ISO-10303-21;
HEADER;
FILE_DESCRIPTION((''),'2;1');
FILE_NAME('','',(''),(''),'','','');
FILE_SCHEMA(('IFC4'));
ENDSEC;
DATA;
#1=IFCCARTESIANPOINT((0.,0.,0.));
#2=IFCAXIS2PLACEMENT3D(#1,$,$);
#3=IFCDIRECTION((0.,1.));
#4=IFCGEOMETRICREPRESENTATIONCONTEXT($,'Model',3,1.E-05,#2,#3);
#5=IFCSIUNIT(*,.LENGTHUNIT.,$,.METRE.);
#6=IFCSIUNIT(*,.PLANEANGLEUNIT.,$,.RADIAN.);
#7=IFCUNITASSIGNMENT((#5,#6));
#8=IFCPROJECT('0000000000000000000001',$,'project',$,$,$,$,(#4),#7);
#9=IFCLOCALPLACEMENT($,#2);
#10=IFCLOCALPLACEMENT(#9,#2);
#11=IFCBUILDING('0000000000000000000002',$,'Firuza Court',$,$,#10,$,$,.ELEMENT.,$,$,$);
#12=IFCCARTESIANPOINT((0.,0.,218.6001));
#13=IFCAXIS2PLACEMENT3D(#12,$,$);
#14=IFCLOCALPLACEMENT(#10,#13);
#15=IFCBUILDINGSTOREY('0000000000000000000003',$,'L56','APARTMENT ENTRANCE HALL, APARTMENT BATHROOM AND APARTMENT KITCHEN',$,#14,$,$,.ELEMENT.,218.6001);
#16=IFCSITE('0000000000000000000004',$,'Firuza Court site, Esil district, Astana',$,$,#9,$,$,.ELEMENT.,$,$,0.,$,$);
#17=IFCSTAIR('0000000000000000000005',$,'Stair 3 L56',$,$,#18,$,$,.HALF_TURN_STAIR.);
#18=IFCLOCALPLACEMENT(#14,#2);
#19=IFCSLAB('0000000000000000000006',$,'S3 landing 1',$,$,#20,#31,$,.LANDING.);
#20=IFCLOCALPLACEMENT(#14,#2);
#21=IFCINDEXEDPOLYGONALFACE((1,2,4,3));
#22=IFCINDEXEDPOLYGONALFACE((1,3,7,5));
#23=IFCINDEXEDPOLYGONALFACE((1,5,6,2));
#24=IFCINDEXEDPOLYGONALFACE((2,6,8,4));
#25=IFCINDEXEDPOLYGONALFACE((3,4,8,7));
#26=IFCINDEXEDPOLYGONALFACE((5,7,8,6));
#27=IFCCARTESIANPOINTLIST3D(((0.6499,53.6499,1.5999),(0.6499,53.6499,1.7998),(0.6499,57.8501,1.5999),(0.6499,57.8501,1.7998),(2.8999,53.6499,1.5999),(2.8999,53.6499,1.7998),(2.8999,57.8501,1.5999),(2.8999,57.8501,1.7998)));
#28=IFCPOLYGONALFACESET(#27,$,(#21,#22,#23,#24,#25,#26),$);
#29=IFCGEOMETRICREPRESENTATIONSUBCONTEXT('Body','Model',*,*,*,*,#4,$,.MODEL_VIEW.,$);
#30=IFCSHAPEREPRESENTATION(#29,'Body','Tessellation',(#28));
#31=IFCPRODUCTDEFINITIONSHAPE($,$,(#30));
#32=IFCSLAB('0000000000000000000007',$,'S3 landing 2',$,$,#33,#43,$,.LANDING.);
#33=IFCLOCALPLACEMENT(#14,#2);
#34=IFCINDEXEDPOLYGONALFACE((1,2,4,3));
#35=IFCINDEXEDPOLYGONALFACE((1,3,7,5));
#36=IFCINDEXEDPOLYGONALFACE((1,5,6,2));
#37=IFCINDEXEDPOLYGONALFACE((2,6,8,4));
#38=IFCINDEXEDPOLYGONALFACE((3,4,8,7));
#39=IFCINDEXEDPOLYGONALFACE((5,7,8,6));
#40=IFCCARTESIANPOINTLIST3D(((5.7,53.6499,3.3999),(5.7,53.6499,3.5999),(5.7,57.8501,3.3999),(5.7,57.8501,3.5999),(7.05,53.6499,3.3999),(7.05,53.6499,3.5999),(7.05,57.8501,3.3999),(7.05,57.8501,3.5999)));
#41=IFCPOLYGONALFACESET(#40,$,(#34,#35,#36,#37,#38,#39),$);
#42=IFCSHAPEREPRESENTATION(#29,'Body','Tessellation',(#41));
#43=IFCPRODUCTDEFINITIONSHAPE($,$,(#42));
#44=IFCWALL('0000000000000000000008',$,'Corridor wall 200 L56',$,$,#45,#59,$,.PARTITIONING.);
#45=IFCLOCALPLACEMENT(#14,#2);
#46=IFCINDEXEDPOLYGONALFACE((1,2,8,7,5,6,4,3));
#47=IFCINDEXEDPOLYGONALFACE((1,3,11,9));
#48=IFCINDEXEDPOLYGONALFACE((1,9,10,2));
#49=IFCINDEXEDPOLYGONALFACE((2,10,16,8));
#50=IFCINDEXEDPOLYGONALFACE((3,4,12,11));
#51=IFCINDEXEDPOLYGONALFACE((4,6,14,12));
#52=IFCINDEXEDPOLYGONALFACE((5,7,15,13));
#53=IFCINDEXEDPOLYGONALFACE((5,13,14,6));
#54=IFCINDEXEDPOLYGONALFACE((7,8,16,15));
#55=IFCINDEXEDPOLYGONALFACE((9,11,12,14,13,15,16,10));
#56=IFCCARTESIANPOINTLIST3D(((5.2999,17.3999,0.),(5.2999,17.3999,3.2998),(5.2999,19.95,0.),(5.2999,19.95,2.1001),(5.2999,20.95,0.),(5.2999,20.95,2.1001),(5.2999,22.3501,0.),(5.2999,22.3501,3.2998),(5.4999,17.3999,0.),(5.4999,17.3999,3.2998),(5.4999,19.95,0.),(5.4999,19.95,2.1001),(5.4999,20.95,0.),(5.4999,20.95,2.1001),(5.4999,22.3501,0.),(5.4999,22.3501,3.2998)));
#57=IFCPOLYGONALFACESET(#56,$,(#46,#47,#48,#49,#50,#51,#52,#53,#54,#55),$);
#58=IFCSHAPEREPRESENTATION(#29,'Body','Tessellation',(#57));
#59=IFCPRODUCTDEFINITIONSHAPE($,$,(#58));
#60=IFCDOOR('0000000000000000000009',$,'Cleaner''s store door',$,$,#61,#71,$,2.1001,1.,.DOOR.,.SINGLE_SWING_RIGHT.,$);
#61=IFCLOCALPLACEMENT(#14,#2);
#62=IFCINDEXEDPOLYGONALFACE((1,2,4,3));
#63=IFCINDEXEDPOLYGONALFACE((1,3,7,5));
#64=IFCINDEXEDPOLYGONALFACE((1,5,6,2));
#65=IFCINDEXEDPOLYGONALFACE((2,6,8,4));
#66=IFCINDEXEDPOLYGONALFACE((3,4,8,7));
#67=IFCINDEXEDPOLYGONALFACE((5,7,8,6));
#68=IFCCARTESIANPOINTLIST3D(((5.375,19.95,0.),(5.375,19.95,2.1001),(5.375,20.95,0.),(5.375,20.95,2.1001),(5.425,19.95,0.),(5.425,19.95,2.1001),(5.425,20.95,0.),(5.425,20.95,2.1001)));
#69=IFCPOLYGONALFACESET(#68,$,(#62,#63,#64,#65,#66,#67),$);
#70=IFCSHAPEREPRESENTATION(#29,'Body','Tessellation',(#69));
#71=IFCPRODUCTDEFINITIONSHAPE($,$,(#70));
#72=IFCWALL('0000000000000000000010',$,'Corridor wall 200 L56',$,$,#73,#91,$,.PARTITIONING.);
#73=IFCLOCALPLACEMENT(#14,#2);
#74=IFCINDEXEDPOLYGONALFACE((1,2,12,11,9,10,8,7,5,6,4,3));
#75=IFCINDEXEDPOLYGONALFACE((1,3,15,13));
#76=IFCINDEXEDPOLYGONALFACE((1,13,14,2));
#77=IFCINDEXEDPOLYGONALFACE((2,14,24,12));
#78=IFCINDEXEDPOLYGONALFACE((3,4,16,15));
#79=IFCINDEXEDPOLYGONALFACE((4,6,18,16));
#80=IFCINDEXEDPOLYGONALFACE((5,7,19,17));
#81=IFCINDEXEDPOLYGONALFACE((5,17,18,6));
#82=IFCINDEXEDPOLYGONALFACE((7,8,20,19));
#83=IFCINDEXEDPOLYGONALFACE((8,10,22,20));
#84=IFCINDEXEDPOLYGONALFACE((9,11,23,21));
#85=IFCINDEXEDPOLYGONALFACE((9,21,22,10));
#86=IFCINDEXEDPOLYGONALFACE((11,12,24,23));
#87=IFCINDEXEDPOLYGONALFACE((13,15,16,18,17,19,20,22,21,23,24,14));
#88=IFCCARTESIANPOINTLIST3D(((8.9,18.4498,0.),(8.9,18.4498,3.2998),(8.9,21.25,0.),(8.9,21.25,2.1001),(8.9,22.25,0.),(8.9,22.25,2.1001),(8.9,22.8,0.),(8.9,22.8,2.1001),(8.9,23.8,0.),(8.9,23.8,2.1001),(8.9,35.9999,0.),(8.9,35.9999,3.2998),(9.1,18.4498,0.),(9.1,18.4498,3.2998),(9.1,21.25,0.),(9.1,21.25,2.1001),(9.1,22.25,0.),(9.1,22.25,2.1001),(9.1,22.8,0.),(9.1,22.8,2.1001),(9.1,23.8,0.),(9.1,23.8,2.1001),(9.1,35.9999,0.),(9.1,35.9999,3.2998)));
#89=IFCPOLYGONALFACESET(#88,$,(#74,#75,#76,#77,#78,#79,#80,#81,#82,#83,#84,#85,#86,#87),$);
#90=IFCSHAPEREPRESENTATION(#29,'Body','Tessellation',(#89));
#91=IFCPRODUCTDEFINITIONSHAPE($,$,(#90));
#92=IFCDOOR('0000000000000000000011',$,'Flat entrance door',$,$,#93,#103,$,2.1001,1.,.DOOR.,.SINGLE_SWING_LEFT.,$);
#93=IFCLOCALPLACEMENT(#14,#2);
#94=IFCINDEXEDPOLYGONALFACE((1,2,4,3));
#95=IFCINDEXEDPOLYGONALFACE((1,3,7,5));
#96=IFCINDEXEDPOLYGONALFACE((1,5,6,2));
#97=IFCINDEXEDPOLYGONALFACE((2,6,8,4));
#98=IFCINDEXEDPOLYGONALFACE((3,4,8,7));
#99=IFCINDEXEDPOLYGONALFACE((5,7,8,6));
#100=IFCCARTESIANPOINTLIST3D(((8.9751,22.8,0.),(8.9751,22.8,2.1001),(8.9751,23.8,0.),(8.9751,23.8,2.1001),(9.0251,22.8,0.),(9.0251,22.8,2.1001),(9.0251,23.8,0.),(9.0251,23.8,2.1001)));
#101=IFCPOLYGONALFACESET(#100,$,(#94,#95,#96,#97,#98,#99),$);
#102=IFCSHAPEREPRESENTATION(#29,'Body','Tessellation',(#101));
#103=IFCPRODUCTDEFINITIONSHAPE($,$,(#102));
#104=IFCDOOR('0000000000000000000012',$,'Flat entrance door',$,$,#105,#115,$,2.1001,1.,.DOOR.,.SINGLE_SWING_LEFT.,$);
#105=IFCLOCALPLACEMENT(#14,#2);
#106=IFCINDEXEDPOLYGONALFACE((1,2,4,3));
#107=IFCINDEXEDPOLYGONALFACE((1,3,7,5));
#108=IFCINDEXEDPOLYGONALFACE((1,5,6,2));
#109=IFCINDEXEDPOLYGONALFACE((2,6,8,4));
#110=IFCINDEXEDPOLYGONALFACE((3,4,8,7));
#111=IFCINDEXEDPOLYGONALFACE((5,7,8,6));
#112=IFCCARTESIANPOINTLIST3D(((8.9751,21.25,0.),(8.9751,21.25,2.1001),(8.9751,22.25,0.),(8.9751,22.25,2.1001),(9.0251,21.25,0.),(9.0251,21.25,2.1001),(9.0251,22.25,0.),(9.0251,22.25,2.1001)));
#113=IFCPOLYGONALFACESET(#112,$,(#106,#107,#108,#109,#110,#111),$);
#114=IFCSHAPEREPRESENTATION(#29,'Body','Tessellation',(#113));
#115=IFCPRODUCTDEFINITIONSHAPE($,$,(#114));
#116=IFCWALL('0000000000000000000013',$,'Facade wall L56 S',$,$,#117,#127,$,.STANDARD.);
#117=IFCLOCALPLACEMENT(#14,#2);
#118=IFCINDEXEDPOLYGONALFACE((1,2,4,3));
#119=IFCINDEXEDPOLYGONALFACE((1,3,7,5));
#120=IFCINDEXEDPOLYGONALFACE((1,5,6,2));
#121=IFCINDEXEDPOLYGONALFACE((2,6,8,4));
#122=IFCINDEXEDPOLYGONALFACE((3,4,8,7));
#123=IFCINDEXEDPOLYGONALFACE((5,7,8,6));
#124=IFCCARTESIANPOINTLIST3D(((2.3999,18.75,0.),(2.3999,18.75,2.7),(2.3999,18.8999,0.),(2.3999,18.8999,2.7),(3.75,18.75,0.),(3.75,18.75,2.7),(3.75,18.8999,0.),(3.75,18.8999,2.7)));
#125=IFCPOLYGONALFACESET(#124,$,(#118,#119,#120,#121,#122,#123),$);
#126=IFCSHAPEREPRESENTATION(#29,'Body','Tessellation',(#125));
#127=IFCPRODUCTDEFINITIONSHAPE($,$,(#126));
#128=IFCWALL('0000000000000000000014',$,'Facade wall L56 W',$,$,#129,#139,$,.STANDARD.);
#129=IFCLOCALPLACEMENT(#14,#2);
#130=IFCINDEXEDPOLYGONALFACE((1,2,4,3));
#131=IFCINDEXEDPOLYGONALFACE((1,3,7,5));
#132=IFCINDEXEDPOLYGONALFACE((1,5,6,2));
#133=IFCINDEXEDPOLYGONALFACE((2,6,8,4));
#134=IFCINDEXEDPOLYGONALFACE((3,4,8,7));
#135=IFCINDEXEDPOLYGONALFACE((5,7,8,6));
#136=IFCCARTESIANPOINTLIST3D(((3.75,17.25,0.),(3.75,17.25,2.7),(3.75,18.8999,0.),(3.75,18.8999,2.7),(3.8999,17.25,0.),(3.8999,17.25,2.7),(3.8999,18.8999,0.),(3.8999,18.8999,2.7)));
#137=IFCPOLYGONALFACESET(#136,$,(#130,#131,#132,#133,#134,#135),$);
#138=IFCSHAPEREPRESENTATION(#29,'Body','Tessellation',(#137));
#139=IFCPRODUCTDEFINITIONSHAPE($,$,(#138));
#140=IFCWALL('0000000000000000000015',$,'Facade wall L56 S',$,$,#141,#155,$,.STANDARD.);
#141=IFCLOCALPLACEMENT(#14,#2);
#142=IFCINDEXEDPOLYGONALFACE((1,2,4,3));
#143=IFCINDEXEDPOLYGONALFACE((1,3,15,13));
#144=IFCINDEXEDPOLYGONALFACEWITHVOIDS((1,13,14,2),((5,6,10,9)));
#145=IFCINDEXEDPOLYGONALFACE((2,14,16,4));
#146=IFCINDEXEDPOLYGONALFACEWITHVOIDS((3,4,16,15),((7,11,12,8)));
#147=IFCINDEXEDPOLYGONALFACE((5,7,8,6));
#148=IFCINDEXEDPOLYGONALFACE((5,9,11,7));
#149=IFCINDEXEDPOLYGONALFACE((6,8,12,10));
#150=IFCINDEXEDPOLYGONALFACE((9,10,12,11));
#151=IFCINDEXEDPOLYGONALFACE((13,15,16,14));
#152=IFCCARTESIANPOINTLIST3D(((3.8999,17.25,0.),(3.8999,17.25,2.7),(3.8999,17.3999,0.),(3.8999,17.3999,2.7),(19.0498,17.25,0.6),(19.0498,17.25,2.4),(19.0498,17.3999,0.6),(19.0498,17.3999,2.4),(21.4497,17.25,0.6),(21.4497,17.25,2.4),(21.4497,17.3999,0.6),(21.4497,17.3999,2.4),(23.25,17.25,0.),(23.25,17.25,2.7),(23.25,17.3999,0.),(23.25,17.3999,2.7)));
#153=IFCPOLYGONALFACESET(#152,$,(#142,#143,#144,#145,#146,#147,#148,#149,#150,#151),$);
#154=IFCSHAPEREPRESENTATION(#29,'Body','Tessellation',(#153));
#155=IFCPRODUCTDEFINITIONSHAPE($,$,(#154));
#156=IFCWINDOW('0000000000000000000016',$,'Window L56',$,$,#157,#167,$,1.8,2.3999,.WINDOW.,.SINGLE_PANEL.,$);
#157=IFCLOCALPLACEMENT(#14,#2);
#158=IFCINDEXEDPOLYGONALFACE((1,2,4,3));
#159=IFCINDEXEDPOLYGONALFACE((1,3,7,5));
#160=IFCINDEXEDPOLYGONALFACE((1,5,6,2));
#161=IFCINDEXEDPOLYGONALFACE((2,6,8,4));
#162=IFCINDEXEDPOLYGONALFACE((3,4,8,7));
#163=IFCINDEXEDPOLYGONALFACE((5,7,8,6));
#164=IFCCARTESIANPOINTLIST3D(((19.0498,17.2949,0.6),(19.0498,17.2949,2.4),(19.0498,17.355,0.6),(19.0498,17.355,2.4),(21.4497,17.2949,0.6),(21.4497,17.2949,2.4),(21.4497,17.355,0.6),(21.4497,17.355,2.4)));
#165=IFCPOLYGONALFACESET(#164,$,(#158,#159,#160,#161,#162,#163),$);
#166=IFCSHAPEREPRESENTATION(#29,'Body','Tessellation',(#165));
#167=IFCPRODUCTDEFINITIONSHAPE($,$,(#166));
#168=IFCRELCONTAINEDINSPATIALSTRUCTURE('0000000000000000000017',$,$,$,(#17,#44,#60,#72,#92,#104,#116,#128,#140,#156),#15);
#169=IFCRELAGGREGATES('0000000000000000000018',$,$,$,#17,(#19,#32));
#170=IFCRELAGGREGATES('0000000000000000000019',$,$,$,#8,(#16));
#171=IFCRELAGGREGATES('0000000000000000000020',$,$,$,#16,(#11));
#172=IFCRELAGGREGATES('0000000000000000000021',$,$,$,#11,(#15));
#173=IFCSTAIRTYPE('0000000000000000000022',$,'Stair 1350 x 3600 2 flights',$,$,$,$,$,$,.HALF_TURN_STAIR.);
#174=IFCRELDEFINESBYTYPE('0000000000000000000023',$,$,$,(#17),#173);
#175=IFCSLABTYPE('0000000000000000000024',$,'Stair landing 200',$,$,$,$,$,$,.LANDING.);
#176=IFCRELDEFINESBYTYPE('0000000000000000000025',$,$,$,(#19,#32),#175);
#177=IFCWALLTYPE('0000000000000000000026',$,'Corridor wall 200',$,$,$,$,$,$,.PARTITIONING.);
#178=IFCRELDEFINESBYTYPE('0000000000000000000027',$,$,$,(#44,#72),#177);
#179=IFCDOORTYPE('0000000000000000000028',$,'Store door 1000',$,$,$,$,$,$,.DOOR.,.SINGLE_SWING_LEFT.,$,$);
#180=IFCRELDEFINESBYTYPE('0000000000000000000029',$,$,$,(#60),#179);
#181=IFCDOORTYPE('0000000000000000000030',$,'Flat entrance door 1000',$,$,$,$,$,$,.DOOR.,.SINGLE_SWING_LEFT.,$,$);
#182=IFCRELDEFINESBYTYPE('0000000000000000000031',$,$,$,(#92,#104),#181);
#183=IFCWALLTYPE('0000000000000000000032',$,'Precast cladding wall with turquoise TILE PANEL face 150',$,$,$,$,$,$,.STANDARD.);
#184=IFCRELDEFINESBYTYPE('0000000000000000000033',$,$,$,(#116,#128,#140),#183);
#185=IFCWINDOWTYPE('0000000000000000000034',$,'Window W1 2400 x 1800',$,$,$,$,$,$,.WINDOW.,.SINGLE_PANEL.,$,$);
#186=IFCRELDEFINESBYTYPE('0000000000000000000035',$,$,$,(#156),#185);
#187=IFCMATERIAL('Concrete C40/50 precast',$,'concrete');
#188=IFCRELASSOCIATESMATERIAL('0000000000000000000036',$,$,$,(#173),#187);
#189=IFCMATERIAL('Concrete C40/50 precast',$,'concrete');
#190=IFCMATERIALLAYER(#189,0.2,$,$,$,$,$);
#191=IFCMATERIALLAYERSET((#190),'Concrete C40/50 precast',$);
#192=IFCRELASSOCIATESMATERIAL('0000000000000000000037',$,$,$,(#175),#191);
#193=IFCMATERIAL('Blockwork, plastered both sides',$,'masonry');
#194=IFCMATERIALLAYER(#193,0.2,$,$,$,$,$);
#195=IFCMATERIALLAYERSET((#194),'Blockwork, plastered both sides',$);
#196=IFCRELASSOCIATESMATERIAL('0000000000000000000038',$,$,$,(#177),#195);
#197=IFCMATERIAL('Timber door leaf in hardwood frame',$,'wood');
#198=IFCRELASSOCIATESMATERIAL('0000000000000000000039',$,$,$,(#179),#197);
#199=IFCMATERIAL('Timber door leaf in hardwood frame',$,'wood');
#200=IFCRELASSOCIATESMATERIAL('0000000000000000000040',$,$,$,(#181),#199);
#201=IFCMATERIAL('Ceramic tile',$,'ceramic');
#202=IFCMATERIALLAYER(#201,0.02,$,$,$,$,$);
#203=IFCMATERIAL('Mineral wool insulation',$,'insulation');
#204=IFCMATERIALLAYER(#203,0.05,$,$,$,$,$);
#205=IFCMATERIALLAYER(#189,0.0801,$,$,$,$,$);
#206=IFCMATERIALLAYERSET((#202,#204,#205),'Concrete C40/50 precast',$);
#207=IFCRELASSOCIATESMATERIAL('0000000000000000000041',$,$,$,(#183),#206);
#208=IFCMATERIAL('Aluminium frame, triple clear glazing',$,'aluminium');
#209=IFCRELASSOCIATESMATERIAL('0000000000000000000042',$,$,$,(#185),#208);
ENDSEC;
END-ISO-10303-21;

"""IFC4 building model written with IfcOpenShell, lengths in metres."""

from ifc_helpers import new_model, si_unit, direction, frame, frame_2d, origin, place, context, subcontext, project, spatial, polyline, rectangle, outline, extrude, material, layer, layer_set, type_object, element, fill, aggregate, save


model = new_model("IFC4")

# Units and contexts
model_context = context("Model", 3, precision=1e-05, world=origin(), true_north=direction((0.0, 1.0)))
body_context = subcontext(model_context, "Body", "Model", "MODEL_VIEW")
ifc_project = project(units=[si_unit("LENGTHUNIT", "METRE"), si_unit("PLANEANGLEUNIT", "RADIAN")], contexts=[model_context])

# Site, building, storey
site_placement = place(None, origin())
site = spatial("IfcSite", under=ifc_project, at=site_placement, Name="Firuza Court site, Esil district, Astana", CompositionType="ELEMENT", RefElevation=0.0)
building_placement = place(site_placement, origin())
building = spatial("IfcBuilding", under=site, at=building_placement, Name="Firuza Court", CompositionType="ELEMENT")
storey_placement = place(building_placement, frame((0.0, 0.0, 218.6001)))
storey = spatial("IfcBuildingStorey", under=building, at=storey_placement, Name="L56", Description="APARTMENT ENTRANCE HALL, APARTMENT BATHROOM AND APARTMENT KITCHEN", CompositionType="ELEMENT", Elevation=218.6001)

# Stair, slabs
ifc_material_1 = material(Name="Concrete C40/50 precast", Category="concrete")
stair_type = type_object("IfcStairType", Name="Stair 1350 x 3600 2 flights", PredefinedType="HALF_TURN_STAIR", material=ifc_material_1)
ifc_material_2 = material(Name="Concrete C40/50 precast", Category="concrete")
ifc_layer_1 = layer(ifc_material_2, 0.2)
ifc_layer_set_1 = layer_set([ifc_layer_1], Name="Concrete C40/50 precast")
slab_type_1 = type_object("IfcSlabType", Name="Stair landing 200", PredefinedType="LANDING", material=ifc_layer_set_1)
stair_1_placement = place(storey_placement, origin())
stair_1 = element("IfcStair", 1, at=stair_1_placement, inside=storey, type_object=stair_type, Name="Stair 3 L56", PredefinedType="HALF_TURN_STAIR")
slab_1_placement = place(storey_placement, frame((0.0, 0.0, 1.5999)))
slab_1 = element("IfcSlab", 2, at=slab_1_placement, type_object=slab_type_1, Name="S3 landing 1", PredefinedType="LANDING", context=body_context, shape_type="SweptSolid", body=[
    extrude(outline(polyline([(2.8999, 53.6499), (2.8999, 57.8501), (0.6499, 57.8501), (0.6499, 53.6499), (2.8999, 53.6499)])), origin(), (0.0, 0.0, 1.0), 0.2),
])
slab_2_placement = place(storey_placement, frame((0.0, 0.0, 3.3999)))
slab_2 = element("IfcSlab", 3, at=slab_2_placement, type_object=slab_type_1, Name="S3 landing 2", PredefinedType="LANDING", context=body_context, shape_type="SweptSolid", body=[
    extrude(outline(polyline([(7.05, 53.6499), (7.05, 57.8501), (5.7, 57.8501), (5.7, 53.6499), (7.05, 53.6499)])), origin(), (0.0, 0.0, 1.0), 0.2),
])
aggregate(stair_1, [slab_1, slab_2])

# Wall, opening, door
ifc_material_3 = material(Name="Blockwork, plastered both sides", Category="masonry")
ifc_layer_2 = layer(ifc_material_3, 0.2)
ifc_layer_set_2 = layer_set([ifc_layer_2], Name="Blockwork, plastered both sides")
wall_type_1 = type_object("IfcWallType", Name="Corridor wall 200", PredefinedType="PARTITIONING", material=ifc_layer_set_2)
wall_1_placement = place(storey_placement, frame((5.3999, 17.3999, 0.0), z_axis=(0.0, 0.0, 1.0), x_axis=(0.0, 1.0, 0.0)))
wall_1 = element("IfcWall", 4, at=wall_1_placement, inside=storey, type_object=wall_type_1, Name="Corridor wall 200 L56", PredefinedType="PARTITIONING", context=body_context, shape_type="SweptSolid", body=[
    extrude(rectangle(XDim=4.9502, YDim=0.2, at=frame_2d((2.4751, 0.0))), origin(), (0.0, 0.0, 1.0), 3.2998),
])
opening_1_placement = place(wall_1_placement, frame((2.55, 0.0, 0.0)))
opening_1 = element("IfcOpeningElement", 5, at=opening_1_placement, cuts=wall_1, PredefinedType="OPENING", context=body_context, shape_type="SweptSolid", body=[
    extrude(rectangle(XDim=1.0, YDim=2.1001, at=frame_2d((0.5, 1.05))), frame((0.0, 0.1118, 0.0), z_axis=(0.0, -1.0, 0.0), x_axis=(1.0, 0.0, 0.0)), (0.0, 0.0, 1.0), 0.2239),
])
ifc_material_4 = material(Name="Timber door leaf in hardwood frame", Category="wood")
door_type_1 = type_object("IfcDoorType", Name="Store door 1000", OperationType="SINGLE_SWING_LEFT", PredefinedType="DOOR", material=ifc_material_4)
door_1_placement = place(opening_1_placement, origin())
door_1 = element("IfcDoor", 6, at=door_1_placement, inside=storey, type_object=door_type_1, Name="Cleaner's store door", OperationType="SINGLE_SWING_RIGHT", OverallHeight=2.1001, OverallWidth=1.0, PredefinedType="DOOR", context=body_context, shape_type="SweptSolid", body=[
    extrude(rectangle(XDim=1.0, YDim=2.1001, at=frame_2d((0.5, 1.05))), frame((0.0, 0.0249, 0.0), z_axis=(0.0, -1.0, 0.0), x_axis=(1.0, 0.0, 0.0)), (0.0, 0.0, 1.0), 0.05),
])
fill(opening_1, door_1)

# Wall, openings, doors
wall_2_placement = place(storey_placement, frame((9.0, 18.45, 0.0), z_axis=(0.0, 0.0, 1.0), x_axis=(0.0, 1.0, 0.0)))
wall_2 = element("IfcWall", 7, at=wall_2_placement, inside=storey, type_object=wall_type_1, Name="Corridor wall 200 L56", PredefinedType="PARTITIONING", context=body_context, shape_type="SweptSolid", body=[
    extrude(rectangle(XDim=17.55, YDim=0.2, at=frame_2d((8.7749, 0.0))), origin(), (0.0, 0.0, 1.0), 3.2998),
])
opening_2_placement = place(wall_2_placement, frame((4.3501, 0.0, 0.0)))
opening_2 = element("IfcOpeningElement", 8, at=opening_2_placement, cuts=wall_2, PredefinedType="OPENING", context=body_context, shape_type="SweptSolid", body=[
    extrude(rectangle(XDim=1.0, YDim=2.1001, at=frame_2d((0.5, 1.05))), frame((0.0, 0.1118, 0.0), z_axis=(0.0, -1.0, 0.0), x_axis=(1.0, 0.0, 0.0)), (0.0, 0.0, 1.0), 0.2239),
])
opening_3_placement = place(wall_2_placement, frame((2.8, 0.0, 0.0)))
opening_3 = element("IfcOpeningElement", 9, at=opening_3_placement, cuts=wall_2, PredefinedType="OPENING", context=body_context, shape_type="SweptSolid", body=[
    extrude(rectangle(XDim=1.0, YDim=2.1001, at=frame_2d((0.5, 1.05))), frame((0.0, 0.1118, 0.0), z_axis=(0.0, -1.0, 0.0), x_axis=(1.0, 0.0, 0.0)), (0.0, 0.0, 1.0), 0.2239),
])
ifc_material_5 = material(Name="Timber door leaf in hardwood frame", Category="wood")
door_type_2 = type_object("IfcDoorType", Name="Flat entrance door 1000", OperationType="SINGLE_SWING_LEFT", PredefinedType="DOOR", material=ifc_material_5)
door_2_placement = place(opening_2_placement, origin())
door_2 = element("IfcDoor", 10, at=door_2_placement, inside=storey, type_object=door_type_2, Name="Flat entrance door", OperationType="SINGLE_SWING_LEFT", OverallHeight=2.1001, OverallWidth=1.0, PredefinedType="DOOR", context=body_context, shape_type="SweptSolid", body=[
    extrude(rectangle(XDim=1.0, YDim=2.1001, at=frame_2d((0.5, 1.05))), frame((0.0, 0.0249, 0.0), z_axis=(0.0, -1.0, 0.0), x_axis=(1.0, 0.0, 0.0)), (0.0, 0.0, 1.0), 0.05),
])
fill(opening_2, door_2)
door_3_placement = place(opening_3_placement, origin())
door_3 = element("IfcDoor", 11, at=door_3_placement, inside=storey, type_object=door_type_2, Name="Flat entrance door", OperationType="SINGLE_SWING_LEFT", OverallHeight=2.1001, OverallWidth=1.0, PredefinedType="DOOR", context=body_context, shape_type="SweptSolid", body=[
    extrude(rectangle(XDim=1.0, YDim=2.1001, at=frame_2d((0.5, 1.05))), frame((0.0, 0.0249, 0.0), z_axis=(0.0, -1.0, 0.0), x_axis=(1.0, 0.0, 0.0)), (0.0, 0.0, 1.0), 0.05),
])
fill(opening_3, door_3)

# Walls
ifc_material_6 = material(Name="Ceramic tile", Category="ceramic")
ifc_layer_3 = layer(ifc_material_6, 0.02)
ifc_material_7 = material(Name="Mineral wool insulation", Category="insulation")
ifc_layer_4 = layer(ifc_material_7, 0.05)
ifc_layer_5 = layer(ifc_material_2, 0.0801)
ifc_layer_set_3 = layer_set([ifc_layer_3, ifc_layer_4, ifc_layer_5], Name="Concrete C40/50 precast")
wall_type_2 = type_object("IfcWallType", Name="Precast cladding wall with turquoise TILE PANEL face 150", PredefinedType="STANDARD", material=ifc_layer_set_3)
wall_3_placement = place(storey_placement, frame((2.3999, 18.825, 0.0), z_axis=(0.0, 0.0, 1.0), x_axis=(1.0, 0.0, 0.0)))
element("IfcWall", 12, at=wall_3_placement, inside=storey, type_object=wall_type_2, Name="Facade wall L56 S", PredefinedType="STANDARD", context=body_context, shape_type="SweptSolid", body=[
    extrude(rectangle(XDim=1.3501, YDim=0.1499, at=frame_2d((0.675, 0.0))), origin(), (0.0, 0.0, 1.0), 2.7),
])
wall_4_placement = place(storey_placement, frame((3.825, 18.8999, 0.0), z_axis=(0.0, 0.0, 1.0), x_axis=(0.0, -1.0, 0.0)))
element("IfcWall", 13, at=wall_4_placement, inside=storey, type_object=wall_type_2, Name="Facade wall L56 W", PredefinedType="STANDARD", context=body_context, shape_type="SweptSolid", body=[
    extrude(rectangle(XDim=1.6499, YDim=0.1499, at=frame_2d((0.825, 0.0))), origin(), (0.0, 0.0, 1.0), 2.7),
])

# Wall, opening, window
wall_5_placement = place(storey_placement, frame((3.8999, 17.325, 0.0), z_axis=(0.0, 0.0, 1.0), x_axis=(1.0, 0.0, 0.0)))
wall_5 = element("IfcWall", 14, at=wall_5_placement, inside=storey, type_object=wall_type_2, Name="Facade wall L56 S", PredefinedType="STANDARD", context=body_context, shape_type="SweptSolid", body=[
    extrude(rectangle(XDim=19.3501, YDim=0.1499, at=frame_2d((9.675, 0.0))), origin(), (0.0, 0.0, 1.0), 2.7),
])
opening_4_placement = place(wall_5_placement, frame((15.1499, 0.0, 0.6001)))
opening_4 = element("IfcOpeningElement", 15, at=opening_4_placement, cuts=wall_5, PredefinedType="OPENING", context=body_context, shape_type="SweptSolid", body=[
    extrude(rectangle(XDim=2.3999, YDim=1.8, at=frame_2d((1.2, 0.8999))), frame((0.0, 0.0869, 0.0), z_axis=(0.0, -1.0, 0.0), x_axis=(1.0, 0.0, 0.0)), (0.0, 0.0, 1.0), 0.1738),
])
ifc_material_8 = material(Name="Aluminium frame, triple clear glazing", Category="aluminium")
window_type = type_object("IfcWindowType", Name="Window W1 2400 x 1800", PartitioningType="SINGLE_PANEL", PredefinedType="WINDOW", material=ifc_material_8)
window_placement = place(opening_4_placement, origin())
window = element("IfcWindow", 16, at=window_placement, inside=storey, type_object=window_type, Name="Window L56", OverallHeight=1.8, OverallWidth=2.3999, PartitioningType="SINGLE_PANEL", PredefinedType="WINDOW", context=body_context, shape_type="SweptSolid", body=[
    extrude(rectangle(XDim=2.3999, YDim=1.8, at=frame_2d((1.2, 0.8999))), frame((0.0, 0.03, 0.0), z_axis=(0.0, -1.0, 0.0), x_axis=(1.0, 0.0, 0.0)), (0.0, 0.0, 1.0), 0.0601),
])
fill(opening_4, window)

save(model, "model.ifc")
